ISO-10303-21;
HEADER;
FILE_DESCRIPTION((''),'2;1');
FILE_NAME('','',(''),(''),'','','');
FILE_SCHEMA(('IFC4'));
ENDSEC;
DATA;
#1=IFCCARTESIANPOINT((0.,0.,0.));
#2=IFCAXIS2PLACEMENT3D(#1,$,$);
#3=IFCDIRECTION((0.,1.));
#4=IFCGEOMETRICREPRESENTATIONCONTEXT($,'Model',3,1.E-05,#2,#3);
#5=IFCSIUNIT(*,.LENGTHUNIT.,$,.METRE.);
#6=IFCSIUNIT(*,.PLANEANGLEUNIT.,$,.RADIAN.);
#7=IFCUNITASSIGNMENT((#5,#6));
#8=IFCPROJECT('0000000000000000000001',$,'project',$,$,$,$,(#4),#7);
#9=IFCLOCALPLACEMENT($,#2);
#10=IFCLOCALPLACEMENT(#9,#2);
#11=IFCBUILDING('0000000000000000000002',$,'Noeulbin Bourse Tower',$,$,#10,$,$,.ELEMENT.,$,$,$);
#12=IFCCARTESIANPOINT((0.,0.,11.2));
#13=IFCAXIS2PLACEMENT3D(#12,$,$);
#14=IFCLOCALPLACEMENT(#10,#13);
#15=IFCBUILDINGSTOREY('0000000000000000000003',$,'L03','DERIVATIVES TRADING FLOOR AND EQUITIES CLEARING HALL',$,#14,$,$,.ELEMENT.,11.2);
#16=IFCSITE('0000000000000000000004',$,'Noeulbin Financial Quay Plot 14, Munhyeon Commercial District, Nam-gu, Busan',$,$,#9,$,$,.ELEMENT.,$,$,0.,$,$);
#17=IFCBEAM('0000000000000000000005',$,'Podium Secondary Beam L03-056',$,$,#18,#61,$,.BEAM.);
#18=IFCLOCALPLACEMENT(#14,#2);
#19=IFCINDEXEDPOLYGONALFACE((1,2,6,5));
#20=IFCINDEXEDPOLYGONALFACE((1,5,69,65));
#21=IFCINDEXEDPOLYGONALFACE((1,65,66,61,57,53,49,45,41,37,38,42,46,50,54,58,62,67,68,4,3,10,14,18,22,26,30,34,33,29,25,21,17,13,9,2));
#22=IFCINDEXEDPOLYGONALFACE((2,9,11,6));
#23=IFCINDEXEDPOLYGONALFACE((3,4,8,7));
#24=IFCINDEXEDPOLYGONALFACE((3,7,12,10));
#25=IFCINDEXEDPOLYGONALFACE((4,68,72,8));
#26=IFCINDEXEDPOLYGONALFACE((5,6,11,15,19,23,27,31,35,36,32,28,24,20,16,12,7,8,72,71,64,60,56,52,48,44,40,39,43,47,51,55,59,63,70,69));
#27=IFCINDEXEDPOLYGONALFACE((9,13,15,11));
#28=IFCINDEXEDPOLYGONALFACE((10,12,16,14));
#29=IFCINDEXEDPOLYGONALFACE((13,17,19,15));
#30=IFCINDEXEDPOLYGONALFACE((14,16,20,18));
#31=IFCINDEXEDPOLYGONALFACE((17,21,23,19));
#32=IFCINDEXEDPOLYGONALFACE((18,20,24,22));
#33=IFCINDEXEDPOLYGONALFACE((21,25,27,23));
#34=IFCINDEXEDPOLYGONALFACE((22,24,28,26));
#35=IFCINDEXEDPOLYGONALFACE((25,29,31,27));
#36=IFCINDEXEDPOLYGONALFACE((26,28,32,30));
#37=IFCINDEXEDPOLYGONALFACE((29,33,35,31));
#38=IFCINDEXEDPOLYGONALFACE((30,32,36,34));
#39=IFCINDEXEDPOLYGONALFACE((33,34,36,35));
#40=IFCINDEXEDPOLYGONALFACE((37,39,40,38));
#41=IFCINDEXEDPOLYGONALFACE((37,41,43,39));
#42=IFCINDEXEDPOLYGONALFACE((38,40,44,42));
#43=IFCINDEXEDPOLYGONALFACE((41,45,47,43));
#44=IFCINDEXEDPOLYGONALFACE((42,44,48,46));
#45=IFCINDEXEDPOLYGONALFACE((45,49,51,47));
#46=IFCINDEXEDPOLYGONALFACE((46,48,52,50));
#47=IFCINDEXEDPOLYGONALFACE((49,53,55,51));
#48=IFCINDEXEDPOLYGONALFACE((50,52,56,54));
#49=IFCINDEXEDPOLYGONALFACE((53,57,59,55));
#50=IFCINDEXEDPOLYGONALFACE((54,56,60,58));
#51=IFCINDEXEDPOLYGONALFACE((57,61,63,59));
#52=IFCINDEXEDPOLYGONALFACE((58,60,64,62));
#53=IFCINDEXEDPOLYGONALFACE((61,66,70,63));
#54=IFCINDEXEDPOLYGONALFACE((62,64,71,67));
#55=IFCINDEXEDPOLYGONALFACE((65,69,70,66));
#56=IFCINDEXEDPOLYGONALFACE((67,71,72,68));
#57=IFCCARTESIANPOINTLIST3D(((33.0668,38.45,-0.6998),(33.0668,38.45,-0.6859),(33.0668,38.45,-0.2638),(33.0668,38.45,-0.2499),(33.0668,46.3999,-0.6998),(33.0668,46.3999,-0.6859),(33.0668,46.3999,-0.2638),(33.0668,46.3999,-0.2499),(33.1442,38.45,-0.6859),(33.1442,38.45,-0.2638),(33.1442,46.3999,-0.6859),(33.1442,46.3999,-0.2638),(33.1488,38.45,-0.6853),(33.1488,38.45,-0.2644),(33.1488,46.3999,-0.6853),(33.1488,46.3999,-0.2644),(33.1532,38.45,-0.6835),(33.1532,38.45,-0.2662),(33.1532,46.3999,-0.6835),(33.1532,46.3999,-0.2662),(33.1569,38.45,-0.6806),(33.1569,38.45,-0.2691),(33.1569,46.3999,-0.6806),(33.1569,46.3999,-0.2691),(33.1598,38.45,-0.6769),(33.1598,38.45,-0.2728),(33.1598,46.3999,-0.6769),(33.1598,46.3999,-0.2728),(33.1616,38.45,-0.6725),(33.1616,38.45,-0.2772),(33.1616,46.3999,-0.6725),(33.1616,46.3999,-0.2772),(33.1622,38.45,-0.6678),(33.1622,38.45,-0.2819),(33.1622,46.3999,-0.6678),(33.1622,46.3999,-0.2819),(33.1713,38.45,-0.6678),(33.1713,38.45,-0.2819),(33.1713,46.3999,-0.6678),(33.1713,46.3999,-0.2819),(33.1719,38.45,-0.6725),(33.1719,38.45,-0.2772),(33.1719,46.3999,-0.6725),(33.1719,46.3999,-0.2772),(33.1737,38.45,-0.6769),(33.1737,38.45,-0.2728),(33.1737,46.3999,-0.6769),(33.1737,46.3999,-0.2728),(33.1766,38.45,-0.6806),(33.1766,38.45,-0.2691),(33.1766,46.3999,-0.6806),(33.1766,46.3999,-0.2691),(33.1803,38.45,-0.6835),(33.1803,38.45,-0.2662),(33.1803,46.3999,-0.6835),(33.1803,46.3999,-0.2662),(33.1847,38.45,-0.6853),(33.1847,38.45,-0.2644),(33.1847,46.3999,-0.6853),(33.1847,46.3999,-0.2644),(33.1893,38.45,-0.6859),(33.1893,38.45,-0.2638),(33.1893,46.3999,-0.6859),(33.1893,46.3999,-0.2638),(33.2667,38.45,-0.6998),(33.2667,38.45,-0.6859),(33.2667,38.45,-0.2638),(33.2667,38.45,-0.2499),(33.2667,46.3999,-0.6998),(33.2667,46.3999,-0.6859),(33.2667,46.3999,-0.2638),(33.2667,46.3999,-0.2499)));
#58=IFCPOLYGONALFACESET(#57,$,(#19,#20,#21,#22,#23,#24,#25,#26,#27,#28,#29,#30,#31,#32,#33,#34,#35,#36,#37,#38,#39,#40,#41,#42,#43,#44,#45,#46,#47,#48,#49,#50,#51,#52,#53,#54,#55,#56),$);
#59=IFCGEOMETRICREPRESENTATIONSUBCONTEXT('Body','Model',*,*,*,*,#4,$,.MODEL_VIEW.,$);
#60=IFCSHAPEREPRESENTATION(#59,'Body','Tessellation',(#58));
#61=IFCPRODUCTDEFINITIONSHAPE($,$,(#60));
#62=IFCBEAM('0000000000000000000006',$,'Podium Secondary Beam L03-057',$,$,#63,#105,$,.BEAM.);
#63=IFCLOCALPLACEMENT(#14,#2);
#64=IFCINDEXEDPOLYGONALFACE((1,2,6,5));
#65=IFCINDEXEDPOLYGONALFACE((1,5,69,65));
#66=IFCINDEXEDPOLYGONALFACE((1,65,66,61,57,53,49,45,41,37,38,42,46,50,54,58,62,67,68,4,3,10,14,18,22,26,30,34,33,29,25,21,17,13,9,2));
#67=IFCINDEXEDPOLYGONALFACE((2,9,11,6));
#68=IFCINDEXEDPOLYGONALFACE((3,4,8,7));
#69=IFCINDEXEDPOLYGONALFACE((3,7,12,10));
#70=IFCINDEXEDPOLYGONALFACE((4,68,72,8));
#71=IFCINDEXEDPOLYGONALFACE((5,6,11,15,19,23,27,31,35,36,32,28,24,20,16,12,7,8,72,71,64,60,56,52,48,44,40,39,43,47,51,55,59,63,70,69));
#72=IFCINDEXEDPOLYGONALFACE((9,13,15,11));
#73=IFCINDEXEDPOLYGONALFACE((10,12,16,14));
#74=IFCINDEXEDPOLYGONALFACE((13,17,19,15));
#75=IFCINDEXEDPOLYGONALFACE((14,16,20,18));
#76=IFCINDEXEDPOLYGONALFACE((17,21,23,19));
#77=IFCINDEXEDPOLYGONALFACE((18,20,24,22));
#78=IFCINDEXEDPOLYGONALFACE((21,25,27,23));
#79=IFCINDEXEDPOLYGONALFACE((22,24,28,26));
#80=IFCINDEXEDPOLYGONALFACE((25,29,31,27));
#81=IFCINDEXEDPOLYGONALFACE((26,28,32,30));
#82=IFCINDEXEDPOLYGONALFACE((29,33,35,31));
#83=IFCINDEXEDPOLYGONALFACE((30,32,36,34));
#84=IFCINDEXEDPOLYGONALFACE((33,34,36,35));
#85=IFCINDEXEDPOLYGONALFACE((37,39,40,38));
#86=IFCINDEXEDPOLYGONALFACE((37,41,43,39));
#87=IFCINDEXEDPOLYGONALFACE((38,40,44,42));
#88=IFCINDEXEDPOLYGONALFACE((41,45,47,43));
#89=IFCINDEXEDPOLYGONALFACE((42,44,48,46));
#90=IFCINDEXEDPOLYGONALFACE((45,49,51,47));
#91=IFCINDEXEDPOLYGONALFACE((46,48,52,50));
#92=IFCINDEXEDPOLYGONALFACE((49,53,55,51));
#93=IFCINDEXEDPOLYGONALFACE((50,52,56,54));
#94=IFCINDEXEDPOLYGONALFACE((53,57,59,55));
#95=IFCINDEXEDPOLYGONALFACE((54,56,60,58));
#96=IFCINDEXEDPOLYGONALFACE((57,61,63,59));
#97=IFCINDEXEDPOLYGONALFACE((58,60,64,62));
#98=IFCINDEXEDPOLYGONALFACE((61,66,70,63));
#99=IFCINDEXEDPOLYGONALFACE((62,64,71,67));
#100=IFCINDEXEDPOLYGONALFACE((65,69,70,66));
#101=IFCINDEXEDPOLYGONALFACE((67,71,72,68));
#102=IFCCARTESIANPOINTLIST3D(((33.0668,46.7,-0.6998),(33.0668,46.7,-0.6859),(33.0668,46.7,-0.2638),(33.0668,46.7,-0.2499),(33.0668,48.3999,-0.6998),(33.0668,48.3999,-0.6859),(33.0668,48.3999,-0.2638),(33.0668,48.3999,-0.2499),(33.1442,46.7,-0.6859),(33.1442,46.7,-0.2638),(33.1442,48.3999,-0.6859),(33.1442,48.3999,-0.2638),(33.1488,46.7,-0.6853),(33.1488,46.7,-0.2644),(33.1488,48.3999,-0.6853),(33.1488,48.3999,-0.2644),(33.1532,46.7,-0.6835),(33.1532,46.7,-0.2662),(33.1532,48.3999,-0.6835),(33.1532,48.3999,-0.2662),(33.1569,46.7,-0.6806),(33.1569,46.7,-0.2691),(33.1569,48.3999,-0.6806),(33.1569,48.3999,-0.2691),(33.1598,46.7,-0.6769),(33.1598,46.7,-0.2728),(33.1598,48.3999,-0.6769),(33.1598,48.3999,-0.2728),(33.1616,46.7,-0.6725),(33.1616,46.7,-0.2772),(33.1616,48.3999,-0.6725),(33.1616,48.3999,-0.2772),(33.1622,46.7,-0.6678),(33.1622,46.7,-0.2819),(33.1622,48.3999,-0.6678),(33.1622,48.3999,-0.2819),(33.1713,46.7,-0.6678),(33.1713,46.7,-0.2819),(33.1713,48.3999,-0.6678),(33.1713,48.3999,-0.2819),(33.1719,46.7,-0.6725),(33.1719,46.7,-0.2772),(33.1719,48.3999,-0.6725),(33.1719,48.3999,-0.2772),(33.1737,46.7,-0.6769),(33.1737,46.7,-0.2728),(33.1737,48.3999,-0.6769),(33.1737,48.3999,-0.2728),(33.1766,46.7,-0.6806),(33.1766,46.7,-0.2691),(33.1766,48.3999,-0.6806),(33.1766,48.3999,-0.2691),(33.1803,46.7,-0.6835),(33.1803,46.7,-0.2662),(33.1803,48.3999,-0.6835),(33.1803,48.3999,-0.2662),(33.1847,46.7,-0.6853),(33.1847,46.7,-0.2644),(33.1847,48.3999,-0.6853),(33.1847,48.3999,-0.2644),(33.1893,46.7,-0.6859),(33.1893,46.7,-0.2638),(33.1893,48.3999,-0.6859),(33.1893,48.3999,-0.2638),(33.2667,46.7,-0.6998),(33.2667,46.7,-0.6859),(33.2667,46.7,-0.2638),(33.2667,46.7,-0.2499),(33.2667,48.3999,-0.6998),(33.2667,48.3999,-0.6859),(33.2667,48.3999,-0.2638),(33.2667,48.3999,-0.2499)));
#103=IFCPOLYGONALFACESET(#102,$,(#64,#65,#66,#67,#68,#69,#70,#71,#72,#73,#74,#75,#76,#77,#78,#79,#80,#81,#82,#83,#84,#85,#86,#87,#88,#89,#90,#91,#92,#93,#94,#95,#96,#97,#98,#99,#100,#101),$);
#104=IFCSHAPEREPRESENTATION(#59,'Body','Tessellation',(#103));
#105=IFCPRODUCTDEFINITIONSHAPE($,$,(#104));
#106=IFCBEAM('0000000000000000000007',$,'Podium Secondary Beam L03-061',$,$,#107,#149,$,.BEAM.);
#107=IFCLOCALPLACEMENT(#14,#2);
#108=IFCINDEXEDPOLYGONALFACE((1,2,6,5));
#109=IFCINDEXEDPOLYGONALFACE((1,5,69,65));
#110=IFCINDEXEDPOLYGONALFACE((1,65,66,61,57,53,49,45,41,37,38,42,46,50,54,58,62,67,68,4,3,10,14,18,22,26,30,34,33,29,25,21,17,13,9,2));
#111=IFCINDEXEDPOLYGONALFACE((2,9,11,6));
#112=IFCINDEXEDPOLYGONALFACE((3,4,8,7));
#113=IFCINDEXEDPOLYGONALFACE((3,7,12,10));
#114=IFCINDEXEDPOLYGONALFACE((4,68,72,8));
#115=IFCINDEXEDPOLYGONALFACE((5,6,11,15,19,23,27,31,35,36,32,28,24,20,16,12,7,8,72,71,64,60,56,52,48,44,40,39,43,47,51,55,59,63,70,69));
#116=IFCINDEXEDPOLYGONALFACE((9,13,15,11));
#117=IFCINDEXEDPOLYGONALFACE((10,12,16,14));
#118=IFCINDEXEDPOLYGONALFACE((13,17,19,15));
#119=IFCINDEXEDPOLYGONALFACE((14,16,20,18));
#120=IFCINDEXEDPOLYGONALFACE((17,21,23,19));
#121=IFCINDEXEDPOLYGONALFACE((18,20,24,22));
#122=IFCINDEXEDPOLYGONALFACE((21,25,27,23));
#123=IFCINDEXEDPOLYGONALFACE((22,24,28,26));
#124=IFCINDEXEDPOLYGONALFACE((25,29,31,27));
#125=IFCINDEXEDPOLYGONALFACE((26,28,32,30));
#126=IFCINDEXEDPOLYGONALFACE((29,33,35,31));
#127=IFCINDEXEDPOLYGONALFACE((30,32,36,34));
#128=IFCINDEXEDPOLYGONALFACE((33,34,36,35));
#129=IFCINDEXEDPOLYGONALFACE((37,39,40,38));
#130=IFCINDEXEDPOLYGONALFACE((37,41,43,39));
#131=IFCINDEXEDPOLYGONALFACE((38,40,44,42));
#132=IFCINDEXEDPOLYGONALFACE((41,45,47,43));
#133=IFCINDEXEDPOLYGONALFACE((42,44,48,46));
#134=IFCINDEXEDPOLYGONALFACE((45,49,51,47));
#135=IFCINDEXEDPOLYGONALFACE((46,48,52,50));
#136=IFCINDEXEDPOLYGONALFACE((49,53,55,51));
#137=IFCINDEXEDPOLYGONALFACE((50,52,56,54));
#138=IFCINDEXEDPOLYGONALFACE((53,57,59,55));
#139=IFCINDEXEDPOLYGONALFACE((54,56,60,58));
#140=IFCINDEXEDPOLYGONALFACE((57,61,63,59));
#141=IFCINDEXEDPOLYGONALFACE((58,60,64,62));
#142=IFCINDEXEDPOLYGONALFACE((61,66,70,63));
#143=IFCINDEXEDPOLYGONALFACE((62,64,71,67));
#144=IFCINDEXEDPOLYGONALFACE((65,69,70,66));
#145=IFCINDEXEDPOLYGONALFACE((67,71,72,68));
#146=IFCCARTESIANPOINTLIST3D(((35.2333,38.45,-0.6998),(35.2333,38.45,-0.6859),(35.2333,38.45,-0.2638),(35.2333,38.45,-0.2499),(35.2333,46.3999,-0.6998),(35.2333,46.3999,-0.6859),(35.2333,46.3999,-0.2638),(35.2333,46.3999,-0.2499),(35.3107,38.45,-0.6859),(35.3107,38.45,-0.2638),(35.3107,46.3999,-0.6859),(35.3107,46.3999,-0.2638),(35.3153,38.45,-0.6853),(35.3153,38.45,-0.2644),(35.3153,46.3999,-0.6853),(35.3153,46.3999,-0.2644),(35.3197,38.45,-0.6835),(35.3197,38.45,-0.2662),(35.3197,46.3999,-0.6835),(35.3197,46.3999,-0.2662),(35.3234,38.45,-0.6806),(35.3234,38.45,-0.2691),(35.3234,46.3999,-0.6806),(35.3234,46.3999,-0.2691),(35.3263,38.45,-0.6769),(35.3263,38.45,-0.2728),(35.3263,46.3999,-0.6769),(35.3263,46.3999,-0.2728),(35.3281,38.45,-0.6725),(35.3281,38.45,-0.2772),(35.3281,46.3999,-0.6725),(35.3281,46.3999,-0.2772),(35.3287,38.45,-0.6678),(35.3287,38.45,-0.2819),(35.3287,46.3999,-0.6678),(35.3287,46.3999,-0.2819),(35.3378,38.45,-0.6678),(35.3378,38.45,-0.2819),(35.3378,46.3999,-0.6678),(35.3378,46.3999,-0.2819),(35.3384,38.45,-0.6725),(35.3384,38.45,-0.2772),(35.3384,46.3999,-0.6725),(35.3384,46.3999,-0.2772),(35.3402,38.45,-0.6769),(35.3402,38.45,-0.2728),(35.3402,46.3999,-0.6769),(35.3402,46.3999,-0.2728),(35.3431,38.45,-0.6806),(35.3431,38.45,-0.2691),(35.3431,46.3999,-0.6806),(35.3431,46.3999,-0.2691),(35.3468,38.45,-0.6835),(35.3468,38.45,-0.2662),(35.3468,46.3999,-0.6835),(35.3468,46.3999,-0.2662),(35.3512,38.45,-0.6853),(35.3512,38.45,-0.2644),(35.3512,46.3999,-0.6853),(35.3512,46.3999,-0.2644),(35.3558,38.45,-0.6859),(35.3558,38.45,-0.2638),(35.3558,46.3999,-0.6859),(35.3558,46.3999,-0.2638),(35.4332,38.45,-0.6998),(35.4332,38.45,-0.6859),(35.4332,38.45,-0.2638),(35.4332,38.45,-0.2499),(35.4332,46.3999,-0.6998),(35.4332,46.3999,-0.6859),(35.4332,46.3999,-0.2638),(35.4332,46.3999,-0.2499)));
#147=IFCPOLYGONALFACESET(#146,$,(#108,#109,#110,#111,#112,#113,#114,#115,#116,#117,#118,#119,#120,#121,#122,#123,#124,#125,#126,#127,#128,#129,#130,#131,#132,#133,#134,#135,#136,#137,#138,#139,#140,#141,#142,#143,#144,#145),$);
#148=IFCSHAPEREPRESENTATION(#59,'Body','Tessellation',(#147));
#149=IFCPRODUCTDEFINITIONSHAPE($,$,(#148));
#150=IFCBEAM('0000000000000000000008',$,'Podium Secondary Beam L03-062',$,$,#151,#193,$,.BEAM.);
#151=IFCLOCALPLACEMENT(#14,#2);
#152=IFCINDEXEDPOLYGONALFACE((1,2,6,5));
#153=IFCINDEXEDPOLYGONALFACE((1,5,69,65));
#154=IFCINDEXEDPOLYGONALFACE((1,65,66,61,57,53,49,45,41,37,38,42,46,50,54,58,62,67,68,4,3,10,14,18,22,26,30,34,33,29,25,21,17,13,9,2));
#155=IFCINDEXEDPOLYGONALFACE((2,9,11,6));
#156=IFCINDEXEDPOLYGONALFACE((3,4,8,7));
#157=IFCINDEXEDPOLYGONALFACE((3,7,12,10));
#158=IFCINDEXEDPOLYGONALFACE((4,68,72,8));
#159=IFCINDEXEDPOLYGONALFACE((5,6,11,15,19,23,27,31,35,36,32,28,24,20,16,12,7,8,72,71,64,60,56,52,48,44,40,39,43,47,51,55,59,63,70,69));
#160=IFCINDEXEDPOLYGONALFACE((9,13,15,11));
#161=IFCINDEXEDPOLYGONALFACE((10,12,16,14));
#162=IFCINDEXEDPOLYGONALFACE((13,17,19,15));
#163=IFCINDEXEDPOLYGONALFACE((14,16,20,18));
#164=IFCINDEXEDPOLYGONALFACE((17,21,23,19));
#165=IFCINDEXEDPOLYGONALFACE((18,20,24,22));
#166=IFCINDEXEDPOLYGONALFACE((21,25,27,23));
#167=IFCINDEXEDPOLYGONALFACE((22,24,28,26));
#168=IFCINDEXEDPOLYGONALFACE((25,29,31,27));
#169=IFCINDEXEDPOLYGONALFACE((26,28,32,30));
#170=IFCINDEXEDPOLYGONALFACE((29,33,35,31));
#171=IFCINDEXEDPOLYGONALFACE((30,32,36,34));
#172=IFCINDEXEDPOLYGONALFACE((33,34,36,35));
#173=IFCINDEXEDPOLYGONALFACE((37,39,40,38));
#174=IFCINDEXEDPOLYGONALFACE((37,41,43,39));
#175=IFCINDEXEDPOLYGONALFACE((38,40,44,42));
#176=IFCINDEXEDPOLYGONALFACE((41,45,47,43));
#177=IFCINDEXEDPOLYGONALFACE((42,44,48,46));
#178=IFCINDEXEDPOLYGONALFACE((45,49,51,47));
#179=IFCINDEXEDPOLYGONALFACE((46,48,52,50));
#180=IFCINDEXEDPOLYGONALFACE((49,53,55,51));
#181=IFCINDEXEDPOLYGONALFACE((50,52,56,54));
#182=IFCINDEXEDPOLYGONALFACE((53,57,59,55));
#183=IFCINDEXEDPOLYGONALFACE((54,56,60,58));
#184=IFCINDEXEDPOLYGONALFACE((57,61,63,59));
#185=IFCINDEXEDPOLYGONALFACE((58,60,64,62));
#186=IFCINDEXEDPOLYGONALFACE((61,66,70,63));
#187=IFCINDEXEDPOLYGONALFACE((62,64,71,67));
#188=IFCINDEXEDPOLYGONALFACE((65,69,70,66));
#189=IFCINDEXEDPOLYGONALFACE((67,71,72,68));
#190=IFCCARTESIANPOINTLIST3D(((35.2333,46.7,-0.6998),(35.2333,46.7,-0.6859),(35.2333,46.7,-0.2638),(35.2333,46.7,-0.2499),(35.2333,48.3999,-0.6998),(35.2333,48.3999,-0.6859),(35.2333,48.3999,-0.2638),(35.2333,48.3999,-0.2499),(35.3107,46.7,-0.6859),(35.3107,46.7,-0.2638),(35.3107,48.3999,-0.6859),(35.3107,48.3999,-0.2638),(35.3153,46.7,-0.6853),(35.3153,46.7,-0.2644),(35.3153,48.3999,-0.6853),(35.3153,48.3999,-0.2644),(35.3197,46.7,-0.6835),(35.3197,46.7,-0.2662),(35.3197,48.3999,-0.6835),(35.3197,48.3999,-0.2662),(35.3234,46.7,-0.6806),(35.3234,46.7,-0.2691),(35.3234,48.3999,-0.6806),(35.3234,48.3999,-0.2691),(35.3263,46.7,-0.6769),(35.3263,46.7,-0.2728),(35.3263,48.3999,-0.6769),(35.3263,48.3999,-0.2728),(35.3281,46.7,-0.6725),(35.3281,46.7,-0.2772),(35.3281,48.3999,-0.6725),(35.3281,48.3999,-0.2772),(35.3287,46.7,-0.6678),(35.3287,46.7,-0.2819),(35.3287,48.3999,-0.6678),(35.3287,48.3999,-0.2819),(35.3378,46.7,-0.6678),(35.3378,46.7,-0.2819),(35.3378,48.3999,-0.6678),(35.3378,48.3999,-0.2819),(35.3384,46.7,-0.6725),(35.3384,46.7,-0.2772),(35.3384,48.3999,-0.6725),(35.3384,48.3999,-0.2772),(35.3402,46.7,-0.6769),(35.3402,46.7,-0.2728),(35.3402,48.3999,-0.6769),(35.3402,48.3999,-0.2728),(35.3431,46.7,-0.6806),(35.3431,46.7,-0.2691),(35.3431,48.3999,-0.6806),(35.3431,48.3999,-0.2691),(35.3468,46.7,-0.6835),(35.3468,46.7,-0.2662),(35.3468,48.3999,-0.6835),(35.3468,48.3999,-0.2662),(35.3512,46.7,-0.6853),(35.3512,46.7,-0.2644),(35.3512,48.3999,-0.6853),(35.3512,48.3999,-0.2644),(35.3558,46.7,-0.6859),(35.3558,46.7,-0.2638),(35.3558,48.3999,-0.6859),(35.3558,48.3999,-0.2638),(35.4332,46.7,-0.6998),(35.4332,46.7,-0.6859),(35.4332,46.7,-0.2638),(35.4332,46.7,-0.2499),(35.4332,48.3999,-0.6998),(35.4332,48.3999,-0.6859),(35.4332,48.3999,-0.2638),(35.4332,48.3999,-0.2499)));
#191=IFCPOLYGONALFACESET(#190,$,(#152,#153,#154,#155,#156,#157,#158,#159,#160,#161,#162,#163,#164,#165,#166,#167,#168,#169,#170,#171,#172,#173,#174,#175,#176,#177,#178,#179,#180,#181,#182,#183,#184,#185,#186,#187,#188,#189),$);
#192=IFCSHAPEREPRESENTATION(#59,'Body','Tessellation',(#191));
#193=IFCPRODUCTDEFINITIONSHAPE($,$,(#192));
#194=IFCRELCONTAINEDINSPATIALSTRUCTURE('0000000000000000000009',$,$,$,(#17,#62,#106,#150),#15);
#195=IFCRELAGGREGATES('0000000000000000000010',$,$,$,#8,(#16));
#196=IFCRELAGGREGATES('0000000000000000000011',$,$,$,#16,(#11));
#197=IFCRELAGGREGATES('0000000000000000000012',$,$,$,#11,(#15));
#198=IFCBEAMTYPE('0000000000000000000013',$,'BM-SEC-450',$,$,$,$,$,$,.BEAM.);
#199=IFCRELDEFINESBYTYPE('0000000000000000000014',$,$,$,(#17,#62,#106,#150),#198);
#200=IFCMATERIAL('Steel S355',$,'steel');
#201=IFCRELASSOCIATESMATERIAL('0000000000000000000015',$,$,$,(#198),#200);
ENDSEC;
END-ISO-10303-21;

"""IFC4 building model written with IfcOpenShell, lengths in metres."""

from ifc_helpers import new_model, si_unit, direction, frame, origin, origin_2d, place, context, subcontext, project, spatial, i_section, extrude, material, material_profile, profile_set, type_object, element, save


model = new_model("IFC4")

# Units and contexts
model_context = context("Model", 3, precision=1e-05, world=origin(), true_north=direction((0.0, 1.0)))
body_context = subcontext(model_context, "Body", "Model", "MODEL_VIEW")
ifc_project = project(units=[si_unit("LENGTHUNIT", "METRE"), si_unit("PLANEANGLEUNIT", "RADIAN")], contexts=[model_context])

# Site, building, storey
site_placement = place(None, origin())
site = spatial("IfcSite", under=ifc_project, at=site_placement, Name="Noeulbin Financial Quay Plot 14, Munhyeon Commercial District, Nam-gu, Busan", CompositionType="ELEMENT", RefElevation=0.0)
building_placement = place(site_placement, origin())
building = spatial("IfcBuilding", under=site, at=building_placement, Name="Noeulbin Bourse Tower", CompositionType="ELEMENT")
storey_placement = place(building_placement, frame((0.0, 0.0, 11.2)))
storey = spatial("IfcBuildingStorey", under=building, at=storey_placement, Name="L03", Description="DERIVATIVES TRADING FLOOR AND EQUITIES CLEARING HALL", CompositionType="ELEMENT", Elevation=11.2)

# Beams
ifc_material_1 = material(Name="Steel S355", Category="steel")
ifc_material_profile_1 = material_profile(ifc_material_1, i_section(OverallWidth=0.2, OverallDepth=0.45, WebThickness=0.009, FlangeThickness=0.0139, FilletRadius=0.0181, at=origin_2d()), Name="H-450x200x9x14", Category="LoadBearing")
ifc_profile_set_1 = profile_set([ifc_material_profile_1], Name="Steel S355")
beam_type_1 = type_object("IfcBeamType", Name="BM-SEC-450", PredefinedType="BEAM", material=ifc_profile_set_1)
beam_1_placement = place(storey_placement, frame((33.1667, 38.45, -0.4749), z_axis=(0.0, 1.0, 0.0), x_axis=(-1.0, 0.0, 0.0)))
element("IfcBeam", 1, at=beam_1_placement, inside=storey, type_object=beam_type_1, Name="Podium Secondary Beam L03-056", PredefinedType="BEAM", context=body_context, shape_type="SweptSolid", body=[
    extrude(i_section(OverallWidth=0.2, OverallDepth=0.45, WebThickness=0.009, FlangeThickness=0.0139, FilletRadius=0.0181, at=origin_2d()), origin(), (0.0, 0.0, 1.0), 7.95),
])
beam_2_placement = place(storey_placement, frame((33.1667, 46.7, -0.4749), z_axis=(0.0, 1.0, 0.0), x_axis=(-1.0, 0.0, 0.0)))
element("IfcBeam", 2, at=beam_2_placement, inside=storey, type_object=beam_type_1, Name="Podium Secondary Beam L03-057", PredefinedType="BEAM", context=body_context, shape_type="SweptSolid", body=[
    extrude(i_section(OverallWidth=0.2, OverallDepth=0.45, WebThickness=0.009, FlangeThickness=0.0139, FilletRadius=0.0181, at=origin_2d()), origin(), (0.0, 0.0, 1.0), 1.7),
])
beam_3_placement = place(storey_placement, frame((35.3333, 38.45, -0.4749), z_axis=(0.0, 1.0, 0.0), x_axis=(-1.0, 0.0, 0.0)))
element("IfcBeam", 3, at=beam_3_placement, inside=storey, type_object=beam_type_1, Name="Podium Secondary Beam L03-061", PredefinedType="BEAM", context=body_context, shape_type="SweptSolid", body=[
    extrude(i_section(OverallWidth=0.2, OverallDepth=0.45, WebThickness=0.009, FlangeThickness=0.0139, FilletRadius=0.0181, at=origin_2d()), origin(), (0.0, 0.0, 1.0), 7.95),
])
beam_4_placement = place(storey_placement, frame((35.3333, 46.7, -0.4749), z_axis=(0.0, 1.0, 0.0), x_axis=(-1.0, 0.0, 0.0)))
element("IfcBeam", 4, at=beam_4_placement, inside=storey, type_object=beam_type_1, Name="Podium Secondary Beam L03-062", PredefinedType="BEAM", context=body_context, shape_type="SweptSolid", body=[
    extrude(i_section(OverallWidth=0.2, OverallDepth=0.45, WebThickness=0.009, FlangeThickness=0.0139, FilletRadius=0.0181, at=origin_2d()), origin(), (0.0, 0.0, 1.0), 1.7),
])

save(model, "model.ifc")
